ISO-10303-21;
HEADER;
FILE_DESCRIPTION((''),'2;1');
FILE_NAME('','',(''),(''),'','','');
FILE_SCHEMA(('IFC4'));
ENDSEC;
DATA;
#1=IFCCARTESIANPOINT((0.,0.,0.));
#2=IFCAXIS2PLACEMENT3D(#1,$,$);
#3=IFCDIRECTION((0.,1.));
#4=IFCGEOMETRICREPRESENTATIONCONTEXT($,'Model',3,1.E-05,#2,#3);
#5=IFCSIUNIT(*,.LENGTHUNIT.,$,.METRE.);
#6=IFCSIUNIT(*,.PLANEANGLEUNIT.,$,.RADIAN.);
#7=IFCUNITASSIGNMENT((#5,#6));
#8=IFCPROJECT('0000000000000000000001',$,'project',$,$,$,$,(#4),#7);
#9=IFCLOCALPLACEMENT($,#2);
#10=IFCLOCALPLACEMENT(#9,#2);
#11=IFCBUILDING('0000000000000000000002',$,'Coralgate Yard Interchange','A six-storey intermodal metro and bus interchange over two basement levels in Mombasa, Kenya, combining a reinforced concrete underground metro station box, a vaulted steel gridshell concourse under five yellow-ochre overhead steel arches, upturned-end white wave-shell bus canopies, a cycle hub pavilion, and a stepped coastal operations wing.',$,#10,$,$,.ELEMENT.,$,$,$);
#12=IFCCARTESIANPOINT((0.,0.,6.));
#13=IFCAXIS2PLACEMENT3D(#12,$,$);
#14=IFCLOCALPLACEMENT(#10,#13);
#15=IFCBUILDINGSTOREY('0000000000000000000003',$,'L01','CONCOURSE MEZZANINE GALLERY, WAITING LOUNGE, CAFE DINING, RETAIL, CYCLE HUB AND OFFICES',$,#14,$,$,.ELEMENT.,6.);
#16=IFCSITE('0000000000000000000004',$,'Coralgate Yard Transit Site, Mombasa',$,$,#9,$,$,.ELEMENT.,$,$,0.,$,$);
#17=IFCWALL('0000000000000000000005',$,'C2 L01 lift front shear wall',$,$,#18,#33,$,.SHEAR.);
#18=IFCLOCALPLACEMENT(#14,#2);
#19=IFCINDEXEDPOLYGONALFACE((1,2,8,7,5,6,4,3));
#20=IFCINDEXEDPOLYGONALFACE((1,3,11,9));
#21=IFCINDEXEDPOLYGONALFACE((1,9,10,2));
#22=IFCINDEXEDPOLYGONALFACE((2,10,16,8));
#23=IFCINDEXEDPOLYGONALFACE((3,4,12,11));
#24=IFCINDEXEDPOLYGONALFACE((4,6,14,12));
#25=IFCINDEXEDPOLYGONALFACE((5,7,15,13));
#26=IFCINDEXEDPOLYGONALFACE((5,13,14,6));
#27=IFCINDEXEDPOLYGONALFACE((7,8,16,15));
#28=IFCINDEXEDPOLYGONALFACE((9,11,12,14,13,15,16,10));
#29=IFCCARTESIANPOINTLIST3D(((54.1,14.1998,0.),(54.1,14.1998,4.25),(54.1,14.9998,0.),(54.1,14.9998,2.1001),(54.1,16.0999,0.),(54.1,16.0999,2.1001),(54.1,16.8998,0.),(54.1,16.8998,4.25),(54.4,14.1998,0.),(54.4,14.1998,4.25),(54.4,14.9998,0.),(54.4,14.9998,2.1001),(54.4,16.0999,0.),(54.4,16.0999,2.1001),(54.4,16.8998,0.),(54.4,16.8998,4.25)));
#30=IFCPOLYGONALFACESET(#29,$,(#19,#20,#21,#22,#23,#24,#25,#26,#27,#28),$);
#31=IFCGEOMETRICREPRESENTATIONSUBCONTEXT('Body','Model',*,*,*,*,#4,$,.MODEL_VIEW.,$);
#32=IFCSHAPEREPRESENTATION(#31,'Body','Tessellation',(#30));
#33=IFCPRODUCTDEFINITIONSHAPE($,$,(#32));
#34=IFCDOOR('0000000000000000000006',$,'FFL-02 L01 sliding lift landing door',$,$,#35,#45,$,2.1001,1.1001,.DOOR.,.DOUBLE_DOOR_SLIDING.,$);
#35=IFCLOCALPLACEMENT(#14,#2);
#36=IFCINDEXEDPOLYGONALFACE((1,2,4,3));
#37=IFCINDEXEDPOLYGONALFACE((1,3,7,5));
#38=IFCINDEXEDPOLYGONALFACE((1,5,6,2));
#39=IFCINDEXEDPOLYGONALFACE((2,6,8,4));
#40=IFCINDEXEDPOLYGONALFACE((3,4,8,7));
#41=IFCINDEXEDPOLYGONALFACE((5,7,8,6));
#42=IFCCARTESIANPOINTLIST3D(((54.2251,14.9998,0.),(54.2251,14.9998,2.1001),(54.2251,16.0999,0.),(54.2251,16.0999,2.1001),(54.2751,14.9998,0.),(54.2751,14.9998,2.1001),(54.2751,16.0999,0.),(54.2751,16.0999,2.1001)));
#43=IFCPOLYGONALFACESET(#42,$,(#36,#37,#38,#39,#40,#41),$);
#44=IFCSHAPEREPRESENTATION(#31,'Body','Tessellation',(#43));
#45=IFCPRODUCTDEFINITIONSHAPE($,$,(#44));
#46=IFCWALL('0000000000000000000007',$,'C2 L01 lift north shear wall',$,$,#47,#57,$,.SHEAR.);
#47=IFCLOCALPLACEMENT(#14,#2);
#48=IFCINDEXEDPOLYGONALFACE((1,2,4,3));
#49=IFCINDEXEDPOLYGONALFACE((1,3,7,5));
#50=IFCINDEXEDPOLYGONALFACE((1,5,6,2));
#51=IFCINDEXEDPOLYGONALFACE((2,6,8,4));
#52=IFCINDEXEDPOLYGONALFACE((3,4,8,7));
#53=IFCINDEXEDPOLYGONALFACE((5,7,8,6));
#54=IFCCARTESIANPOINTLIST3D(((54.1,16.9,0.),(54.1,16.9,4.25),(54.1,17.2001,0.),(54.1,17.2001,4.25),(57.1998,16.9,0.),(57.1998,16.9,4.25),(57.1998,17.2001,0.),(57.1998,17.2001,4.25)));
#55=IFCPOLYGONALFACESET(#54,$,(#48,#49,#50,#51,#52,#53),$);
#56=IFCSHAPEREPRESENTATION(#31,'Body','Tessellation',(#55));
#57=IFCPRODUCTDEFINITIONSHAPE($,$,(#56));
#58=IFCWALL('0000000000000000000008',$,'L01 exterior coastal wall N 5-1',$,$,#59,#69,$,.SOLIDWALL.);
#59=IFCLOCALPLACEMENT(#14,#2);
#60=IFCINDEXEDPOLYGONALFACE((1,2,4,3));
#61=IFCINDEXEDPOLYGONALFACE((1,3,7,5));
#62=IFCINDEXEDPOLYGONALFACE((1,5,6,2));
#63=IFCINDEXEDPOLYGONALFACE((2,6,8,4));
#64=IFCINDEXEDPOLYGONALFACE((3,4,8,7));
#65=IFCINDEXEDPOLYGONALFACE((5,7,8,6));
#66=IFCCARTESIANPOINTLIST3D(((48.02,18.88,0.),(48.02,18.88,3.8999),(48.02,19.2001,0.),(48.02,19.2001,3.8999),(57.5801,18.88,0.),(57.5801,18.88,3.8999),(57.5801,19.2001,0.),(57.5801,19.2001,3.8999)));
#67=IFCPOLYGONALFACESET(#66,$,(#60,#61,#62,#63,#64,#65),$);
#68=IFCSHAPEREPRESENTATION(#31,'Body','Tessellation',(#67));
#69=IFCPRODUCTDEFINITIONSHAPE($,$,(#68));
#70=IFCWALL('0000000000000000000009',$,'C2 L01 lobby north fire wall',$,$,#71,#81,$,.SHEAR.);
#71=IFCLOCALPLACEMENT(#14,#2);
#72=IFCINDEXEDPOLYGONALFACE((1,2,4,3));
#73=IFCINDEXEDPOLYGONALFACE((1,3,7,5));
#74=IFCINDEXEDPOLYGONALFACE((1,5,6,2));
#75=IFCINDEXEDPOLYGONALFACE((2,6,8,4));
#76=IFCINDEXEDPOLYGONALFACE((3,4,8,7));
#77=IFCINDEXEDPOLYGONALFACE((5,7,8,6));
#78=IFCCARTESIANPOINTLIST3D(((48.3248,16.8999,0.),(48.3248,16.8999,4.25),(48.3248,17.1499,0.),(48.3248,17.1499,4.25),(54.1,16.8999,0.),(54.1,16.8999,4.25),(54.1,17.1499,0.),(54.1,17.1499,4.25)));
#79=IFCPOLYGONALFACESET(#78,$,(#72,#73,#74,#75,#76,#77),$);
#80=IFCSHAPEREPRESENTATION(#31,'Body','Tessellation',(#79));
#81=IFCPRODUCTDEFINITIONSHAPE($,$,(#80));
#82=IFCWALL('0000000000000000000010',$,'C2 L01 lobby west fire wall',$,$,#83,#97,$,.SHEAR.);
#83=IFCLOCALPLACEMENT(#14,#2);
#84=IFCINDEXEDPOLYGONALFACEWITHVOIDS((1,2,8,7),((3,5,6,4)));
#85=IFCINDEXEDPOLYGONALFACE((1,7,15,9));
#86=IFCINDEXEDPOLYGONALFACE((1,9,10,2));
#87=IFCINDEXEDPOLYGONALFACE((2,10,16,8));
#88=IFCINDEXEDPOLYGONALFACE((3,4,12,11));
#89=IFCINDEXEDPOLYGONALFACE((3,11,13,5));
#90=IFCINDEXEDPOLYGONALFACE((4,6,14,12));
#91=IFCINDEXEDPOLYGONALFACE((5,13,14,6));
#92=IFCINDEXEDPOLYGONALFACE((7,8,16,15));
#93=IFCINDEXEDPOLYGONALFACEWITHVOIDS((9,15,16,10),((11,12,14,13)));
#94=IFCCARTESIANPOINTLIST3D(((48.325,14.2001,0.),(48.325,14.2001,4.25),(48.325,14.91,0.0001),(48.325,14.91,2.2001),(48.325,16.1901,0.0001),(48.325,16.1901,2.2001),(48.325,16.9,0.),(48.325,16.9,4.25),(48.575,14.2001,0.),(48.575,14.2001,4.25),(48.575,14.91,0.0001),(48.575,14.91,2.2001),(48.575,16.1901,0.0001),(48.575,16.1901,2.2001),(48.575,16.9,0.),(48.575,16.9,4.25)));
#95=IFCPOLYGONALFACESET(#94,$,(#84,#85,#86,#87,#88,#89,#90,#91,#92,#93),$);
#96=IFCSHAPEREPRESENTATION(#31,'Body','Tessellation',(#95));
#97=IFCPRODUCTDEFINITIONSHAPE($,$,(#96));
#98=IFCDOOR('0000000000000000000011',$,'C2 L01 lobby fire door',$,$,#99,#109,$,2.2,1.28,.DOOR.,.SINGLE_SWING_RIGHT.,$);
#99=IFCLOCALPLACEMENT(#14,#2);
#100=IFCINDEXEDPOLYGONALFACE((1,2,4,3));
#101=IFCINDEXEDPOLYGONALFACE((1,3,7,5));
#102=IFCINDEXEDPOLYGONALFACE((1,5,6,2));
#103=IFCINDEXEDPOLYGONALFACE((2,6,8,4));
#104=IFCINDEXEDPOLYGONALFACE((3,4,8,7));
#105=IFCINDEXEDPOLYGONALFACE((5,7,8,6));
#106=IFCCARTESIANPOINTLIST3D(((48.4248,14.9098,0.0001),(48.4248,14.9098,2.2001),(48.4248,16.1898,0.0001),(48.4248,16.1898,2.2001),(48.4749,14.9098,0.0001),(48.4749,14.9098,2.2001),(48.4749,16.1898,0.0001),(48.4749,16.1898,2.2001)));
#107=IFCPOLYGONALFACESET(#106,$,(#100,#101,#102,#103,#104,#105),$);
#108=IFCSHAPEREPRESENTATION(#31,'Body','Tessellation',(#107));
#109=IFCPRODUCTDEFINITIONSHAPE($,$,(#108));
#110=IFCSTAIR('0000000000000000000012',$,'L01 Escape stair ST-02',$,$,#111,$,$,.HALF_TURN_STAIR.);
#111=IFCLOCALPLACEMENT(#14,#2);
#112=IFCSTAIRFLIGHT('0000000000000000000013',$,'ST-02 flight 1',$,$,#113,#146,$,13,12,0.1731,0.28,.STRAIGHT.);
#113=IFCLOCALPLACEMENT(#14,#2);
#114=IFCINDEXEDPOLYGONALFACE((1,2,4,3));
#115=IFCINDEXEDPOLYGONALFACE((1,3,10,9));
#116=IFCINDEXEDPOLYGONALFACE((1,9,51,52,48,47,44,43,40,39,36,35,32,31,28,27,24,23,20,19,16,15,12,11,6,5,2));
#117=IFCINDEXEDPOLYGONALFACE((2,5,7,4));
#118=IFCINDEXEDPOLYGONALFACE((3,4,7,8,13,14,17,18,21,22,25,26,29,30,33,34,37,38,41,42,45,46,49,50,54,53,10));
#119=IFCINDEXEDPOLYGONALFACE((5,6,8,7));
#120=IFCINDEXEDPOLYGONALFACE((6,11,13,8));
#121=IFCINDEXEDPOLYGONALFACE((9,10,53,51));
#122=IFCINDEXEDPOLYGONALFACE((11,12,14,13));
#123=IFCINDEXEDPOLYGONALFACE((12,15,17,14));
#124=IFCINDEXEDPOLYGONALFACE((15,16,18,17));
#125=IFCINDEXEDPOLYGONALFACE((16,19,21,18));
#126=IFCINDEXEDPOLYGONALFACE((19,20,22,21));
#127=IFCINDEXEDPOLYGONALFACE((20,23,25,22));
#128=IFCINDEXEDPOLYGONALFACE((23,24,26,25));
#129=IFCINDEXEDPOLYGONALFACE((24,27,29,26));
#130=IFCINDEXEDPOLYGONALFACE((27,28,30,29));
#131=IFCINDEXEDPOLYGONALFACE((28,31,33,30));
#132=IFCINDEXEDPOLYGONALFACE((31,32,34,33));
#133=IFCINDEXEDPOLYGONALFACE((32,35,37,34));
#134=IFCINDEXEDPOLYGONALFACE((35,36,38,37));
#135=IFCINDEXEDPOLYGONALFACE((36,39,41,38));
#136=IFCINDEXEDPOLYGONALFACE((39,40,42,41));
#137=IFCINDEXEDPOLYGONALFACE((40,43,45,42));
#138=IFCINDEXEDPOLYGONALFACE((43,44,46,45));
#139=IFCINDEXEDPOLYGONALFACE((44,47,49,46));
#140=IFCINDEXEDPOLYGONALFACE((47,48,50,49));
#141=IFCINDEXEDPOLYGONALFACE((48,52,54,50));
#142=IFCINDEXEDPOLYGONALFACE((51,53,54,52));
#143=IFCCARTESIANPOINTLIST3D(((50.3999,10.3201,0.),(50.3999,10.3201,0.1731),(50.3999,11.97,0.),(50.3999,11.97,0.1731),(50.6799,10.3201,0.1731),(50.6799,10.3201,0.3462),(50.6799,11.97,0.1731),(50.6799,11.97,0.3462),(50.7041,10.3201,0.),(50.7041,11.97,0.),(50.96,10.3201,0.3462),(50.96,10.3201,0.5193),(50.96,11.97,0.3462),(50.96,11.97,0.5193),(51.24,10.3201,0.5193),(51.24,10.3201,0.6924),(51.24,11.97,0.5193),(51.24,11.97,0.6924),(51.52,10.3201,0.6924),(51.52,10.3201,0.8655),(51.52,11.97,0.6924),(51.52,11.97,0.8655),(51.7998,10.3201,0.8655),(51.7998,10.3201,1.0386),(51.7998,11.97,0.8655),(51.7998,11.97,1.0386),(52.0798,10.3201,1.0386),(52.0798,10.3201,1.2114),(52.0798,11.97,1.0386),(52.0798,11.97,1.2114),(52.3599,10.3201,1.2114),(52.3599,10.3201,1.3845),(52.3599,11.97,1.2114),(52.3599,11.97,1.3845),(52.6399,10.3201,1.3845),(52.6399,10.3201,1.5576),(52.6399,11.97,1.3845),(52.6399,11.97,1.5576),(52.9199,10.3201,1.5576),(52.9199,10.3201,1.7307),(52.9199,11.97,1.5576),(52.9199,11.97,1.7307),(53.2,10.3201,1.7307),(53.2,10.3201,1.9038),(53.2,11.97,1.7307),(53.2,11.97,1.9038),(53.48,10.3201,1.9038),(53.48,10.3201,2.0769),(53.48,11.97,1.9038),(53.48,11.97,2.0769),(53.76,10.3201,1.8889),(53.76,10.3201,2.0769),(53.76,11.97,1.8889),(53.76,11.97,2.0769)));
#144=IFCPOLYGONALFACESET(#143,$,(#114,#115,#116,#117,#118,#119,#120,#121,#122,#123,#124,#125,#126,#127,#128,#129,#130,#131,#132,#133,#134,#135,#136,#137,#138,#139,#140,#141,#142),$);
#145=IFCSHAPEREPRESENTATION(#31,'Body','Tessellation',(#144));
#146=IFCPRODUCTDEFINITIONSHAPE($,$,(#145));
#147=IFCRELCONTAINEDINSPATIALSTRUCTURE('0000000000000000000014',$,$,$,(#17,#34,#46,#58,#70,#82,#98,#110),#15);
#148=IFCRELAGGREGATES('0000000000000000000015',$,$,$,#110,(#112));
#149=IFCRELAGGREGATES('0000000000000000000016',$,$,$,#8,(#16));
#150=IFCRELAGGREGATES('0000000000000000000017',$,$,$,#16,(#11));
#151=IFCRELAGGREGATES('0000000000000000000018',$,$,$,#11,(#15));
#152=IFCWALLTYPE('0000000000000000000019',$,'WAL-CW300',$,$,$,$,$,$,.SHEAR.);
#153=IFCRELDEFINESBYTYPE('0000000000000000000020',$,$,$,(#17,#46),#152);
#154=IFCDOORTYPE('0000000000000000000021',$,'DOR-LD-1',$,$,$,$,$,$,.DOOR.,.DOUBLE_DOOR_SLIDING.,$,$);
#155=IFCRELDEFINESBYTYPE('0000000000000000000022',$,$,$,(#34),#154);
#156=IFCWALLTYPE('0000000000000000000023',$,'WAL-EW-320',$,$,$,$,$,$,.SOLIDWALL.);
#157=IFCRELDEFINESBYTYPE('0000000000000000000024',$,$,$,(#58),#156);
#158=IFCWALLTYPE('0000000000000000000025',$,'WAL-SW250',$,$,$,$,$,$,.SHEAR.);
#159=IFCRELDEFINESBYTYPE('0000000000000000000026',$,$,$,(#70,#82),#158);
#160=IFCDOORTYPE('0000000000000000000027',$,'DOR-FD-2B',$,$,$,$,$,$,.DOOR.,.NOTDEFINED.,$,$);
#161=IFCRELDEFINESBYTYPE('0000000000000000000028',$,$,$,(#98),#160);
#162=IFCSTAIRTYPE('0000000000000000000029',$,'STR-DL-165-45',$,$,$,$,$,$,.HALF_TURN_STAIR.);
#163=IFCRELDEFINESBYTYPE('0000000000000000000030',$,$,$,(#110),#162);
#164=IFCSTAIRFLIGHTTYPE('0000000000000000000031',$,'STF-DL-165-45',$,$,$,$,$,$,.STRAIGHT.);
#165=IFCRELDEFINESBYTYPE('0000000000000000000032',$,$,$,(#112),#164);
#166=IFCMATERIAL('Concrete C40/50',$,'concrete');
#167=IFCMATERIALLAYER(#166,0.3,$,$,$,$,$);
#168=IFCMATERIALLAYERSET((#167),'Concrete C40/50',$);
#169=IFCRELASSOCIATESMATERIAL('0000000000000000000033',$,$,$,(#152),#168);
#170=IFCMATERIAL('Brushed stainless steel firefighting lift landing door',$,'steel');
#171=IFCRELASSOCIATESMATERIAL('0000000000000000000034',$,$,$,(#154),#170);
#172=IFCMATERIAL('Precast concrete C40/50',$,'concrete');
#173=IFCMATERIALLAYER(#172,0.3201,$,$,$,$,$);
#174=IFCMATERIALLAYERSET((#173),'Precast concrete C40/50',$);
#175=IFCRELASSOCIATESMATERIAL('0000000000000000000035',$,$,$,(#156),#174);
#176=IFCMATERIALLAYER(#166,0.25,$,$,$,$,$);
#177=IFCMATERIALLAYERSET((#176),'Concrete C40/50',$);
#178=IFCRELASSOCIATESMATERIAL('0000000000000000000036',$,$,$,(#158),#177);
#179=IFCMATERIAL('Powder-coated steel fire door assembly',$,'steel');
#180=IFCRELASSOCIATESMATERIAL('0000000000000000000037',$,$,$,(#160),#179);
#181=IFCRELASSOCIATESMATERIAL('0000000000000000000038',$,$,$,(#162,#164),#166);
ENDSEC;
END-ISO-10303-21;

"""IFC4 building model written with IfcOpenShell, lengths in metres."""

from ifc_helpers import new_model, si_unit, direction, frame, frame_2d, origin, place, context, subcontext, project, spatial, polyline, rectangle, outline, extrude, material, layer, layer_set, type_object, element, fill, aggregate, save


model = new_model("IFC4")

# Units and contexts
model_context = context("Model", 3, precision=1e-05, world=origin(), true_north=direction((0.0, 1.0)))
body_context = subcontext(model_context, "Body", "Model", "MODEL_VIEW")
ifc_project = project(units=[si_unit("LENGTHUNIT", "METRE"), si_unit("PLANEANGLEUNIT", "RADIAN")], contexts=[model_context])

# Site, building, storey
site_placement = place(None, origin())
site = spatial("IfcSite", under=ifc_project, at=site_placement, Name="Coralgate Yard Transit Site, Mombasa", CompositionType="ELEMENT", RefElevation=0.0)
building_placement = place(site_placement, origin())
building = spatial("IfcBuilding", under=site, at=building_placement, Name="Coralgate Yard Interchange", Description="A six-storey intermodal metro and bus interchange over two basement levels in Mombasa, Kenya, combining a reinforced concrete underground metro station box, a vaulted steel gridshell concourse under five yellow-ochre overhead steel arches, upturned-end white wave-shell bus canopies, a cycle hub pavilion, and a stepped coastal operations wing.", CompositionType="ELEMENT")
storey_placement = place(building_placement, frame((0.0, 0.0, 6.0)))
storey = spatial("IfcBuildingStorey", under=building, at=storey_placement, Name="L01", Description="CONCOURSE MEZZANINE GALLERY, WAITING LOUNGE, CAFE DINING, RETAIL, CYCLE HUB AND OFFICES", CompositionType="ELEMENT", Elevation=6.0)

# Shared definitions
ifc_material_1 = material(Name="Concrete C40/50", Category="concrete")
ifc_layer_1 = layer(ifc_material_1, 0.3)
ifc_layer_set_1 = layer_set([ifc_layer_1], Name="Concrete C40/50")
wall_type_1 = type_object("IfcWallType", Name="WAL-CW300", PredefinedType="SHEAR", material=ifc_layer_set_1)

# Wall, opening, door
wall_1_placement = place(storey_placement, frame((54.25, 16.8999, 0.0), z_axis=(0.0, 0.0, 1.0), x_axis=(0.0, -1.0, 0.0)))
wall_1 = element("IfcWall", 1, at=wall_1_placement, inside=storey, type_object=wall_type_1, Name="C2 L01 lift front shear wall", PredefinedType="SHEAR", context=body_context, shape_type="SweptSolid", body=[
    extrude(rectangle(XDim=2.7, YDim=0.3, at=frame_2d((1.3501, 0.0))), origin(), (0.0, 0.0, 1.0), 4.25),
])
opening_1_placement = place(wall_1_placement, frame((0.8, 0.0, 0.0)))
opening_1 = element("IfcOpeningElement", 2, at=opening_1_placement, cuts=wall_1, PredefinedType="OPENING", context=body_context, shape_type="SweptSolid", body=[
    extrude(rectangle(XDim=1.1001, YDim=2.1001, at=frame_2d((0.55, 1.05))), frame((0.0, 0.1599, 0.0), z_axis=(0.0, -1.0, 0.0), x_axis=(1.0, 0.0, 0.0)), (0.0, 0.0, 1.0), 0.3201),
])
ifc_material_2 = material(Name="Brushed stainless steel firefighting lift landing door", Category="steel")
door_type_1 = type_object("IfcDoorType", Name="DOR-LD-1", OperationType="DOUBLE_DOOR_SLIDING", PredefinedType="DOOR", material=ifc_material_2)
door_1_placement = place(opening_1_placement, frame((1.1001, 0.0, 0.0), z_axis=(0.0, 0.0, 1.0), x_axis=(-1.0, 0.0, 0.0)))
door_1 = element("IfcDoor", 3, at=door_1_placement, inside=storey, type_object=door_type_1, Name="FFL-02 L01 sliding lift landing door", OperationType="DOUBLE_DOOR_SLIDING", OverallHeight=2.1001, OverallWidth=1.1001, PredefinedType="DOOR", context=body_context, shape_type="SweptSolid", body=[
    extrude(rectangle(XDim=1.1001, YDim=2.1001, at=frame_2d((0.55, 1.05))), frame((0.0, 0.0249, 0.0), z_axis=(0.0, -1.0, 0.0), x_axis=(1.0, 0.0, 0.0)), (0.0, 0.0, 1.0), 0.05),
])
fill(opening_1, door_1)

# Walls
wall_2_placement = place(storey_placement, frame((54.1001, 17.05, 0.0), z_axis=(0.0, 0.0, 1.0), x_axis=(1.0, 0.0, 0.0)))
element("IfcWall", 4, at=wall_2_placement, inside=storey, type_object=wall_type_1, Name="C2 L01 lift north shear wall", PredefinedType="SHEAR", context=body_context, shape_type="SweptSolid", body=[
    extrude(rectangle(XDim=3.0999, YDim=0.3, at=frame_2d((1.5498, 0.0))), origin(), (0.0, 0.0, 1.0), 4.25),
])
ifc_material_3 = material(Name="Precast concrete C40/50", Category="concrete")
ifc_layer_2 = layer(ifc_material_3, 0.3201)
ifc_layer_set_2 = layer_set([ifc_layer_2], Name="Precast concrete C40/50")
wall_type_2 = type_object("IfcWallType", Name="WAL-EW-320", PredefinedType="SOLIDWALL", material=ifc_layer_set_2)
wall_3_placement = place(storey_placement, frame((48.02, 19.04, 0.0), z_axis=(0.0, 0.0, 1.0), x_axis=(1.0, 0.0, 0.0)))
element("IfcWall", 5, at=wall_3_placement, inside=storey, type_object=wall_type_2, Name="L01 exterior coastal wall N 5-1", PredefinedType="SOLIDWALL", context=body_context, shape_type="SweptSolid", body=[
    extrude(rectangle(XDim=9.5601, YDim=0.3201, at=frame_2d((4.78, 0.0))), origin(), (0.0, 0.0, 1.0), 3.8999),
])
ifc_layer_3 = layer(ifc_material_1, 0.25)
ifc_layer_set_3 = layer_set([ifc_layer_3], Name="Concrete C40/50")
wall_type_3 = type_object("IfcWallType", Name="WAL-SW250", PredefinedType="SHEAR", material=ifc_layer_set_3)
wall_4_placement = place(storey_placement, frame((54.1001, 17.0249, 0.0), z_axis=(0.0, 0.0, 1.0), x_axis=(-1.0, 0.0, 0.0)))
element("IfcWall", 6, at=wall_4_placement, inside=storey, type_object=wall_type_3, Name="C2 L01 lobby north fire wall", PredefinedType="SHEAR", context=body_context, shape_type="SweptSolid", body=[
    extrude(rectangle(XDim=5.7751, YDim=0.25, at=frame_2d((2.8877, 0.0))), origin(), (0.0, 0.0, 1.0), 4.25),
])

# Wall, opening, door
wall_5_placement = place(storey_placement, frame((48.45, 14.2, 0.0), z_axis=(0.0, 0.0, 1.0), x_axis=(0.0, 1.0, 0.0)))
wall_5 = element("IfcWall", 7, at=wall_5_placement, inside=storey, type_object=wall_type_3, Name="C2 L01 lobby west fire wall", PredefinedType="SHEAR", context=body_context, shape_type="SweptSolid", body=[
    extrude(rectangle(XDim=2.7, YDim=0.25, at=frame_2d((1.3501, 0.0))), origin(), (0.0, 0.0, 1.0), 4.25),
])
opening_2_placement = place(wall_5_placement, frame((0.71, 0.0, 0.0)))
opening_2 = element("IfcOpeningElement", 8, at=opening_2_placement, cuts=wall_5, PredefinedType="OPENING", context=body_context, shape_type="SweptSolid", body=[
    extrude(rectangle(XDim=1.28, YDim=2.2, at=frame_2d((0.6401, 1.1001))), frame((0.0, 0.135, 0.0), z_axis=(0.0, -1.0, 0.0), x_axis=(1.0, 0.0, 0.0)), (0.0, 0.0, 1.0), 0.27),
])
ifc_material_4 = material(Name="Powder-coated steel fire door assembly", Category="steel")
door_type_2 = type_object("IfcDoorType", Name="DOR-FD-2B", OperationType="NOTDEFINED", PredefinedType="DOOR", material=ifc_material_4)
door_2_placement = place(opening_2_placement, frame((1.28, 0.0, 0.0), z_axis=(0.0, 0.0, 1.0), x_axis=(-1.0, 0.0, 0.0)))
door_2 = element("IfcDoor", 9, at=door_2_placement, inside=storey, type_object=door_type_2, Name="C2 L01 lobby fire door", OperationType="SINGLE_SWING_RIGHT", OverallHeight=2.2, OverallWidth=1.28, PredefinedType="DOOR", context=body_context, shape_type="SweptSolid", body=[
    extrude(rectangle(XDim=1.28, YDim=2.2, at=frame_2d((0.6401, 1.1001))), frame((0.0, 0.0249, 0.0), z_axis=(0.0, -1.0, 0.0), x_axis=(1.0, 0.0, 0.0)), (0.0, 0.0, 1.0), 0.05),
])
fill(opening_2, door_2)

# Stair, stair flight
stair_type = type_object("IfcStairType", Name="STR-DL-165-45", PredefinedType="HALF_TURN_STAIR", material=ifc_material_1)
stair_placement = place(storey_placement, origin())
stair = element("IfcStair", 10, at=stair_placement, inside=storey, type_object=stair_type, Name="L01 Escape stair ST-02", PredefinedType="HALF_TURN_STAIR")
stair_flight_type = type_object("IfcStairFlightType", Name="STF-DL-165-45", PredefinedType="STRAIGHT", material=ifc_material_1)
stair_flight_1_placement = place(storey_placement, frame((50.3999, 11.145, 0.0), z_axis=(0.0, 0.0, 1.0), x_axis=(1.0, 0.0, 0.0)))
stair_flight_1 = element("IfcStairFlight", 11, at=stair_flight_1_placement, type_object=stair_flight_type, Name="ST-02 flight 1", NumberOfRisers=13, NumberOfTreads=12, PredefinedType="STRAIGHT", RiserHeight=0.1731, TreadLength=0.28, context=body_context, shape_type="SweptSolid", body=[
    extrude(outline(polyline([(0.0, 0.0), (0.0, 0.1731), (0.28, 0.1731), (0.28, 0.3462), (0.5601, 0.3462), (0.5601, 0.5193), (0.8401, 0.5193), (0.8401, 0.6924), (1.1201, 0.6924), (1.1201, 0.8655), (1.3999, 0.8655), (1.3999, 1.0386), (1.6799, 1.0386), (1.6799, 1.2114), (1.96, 1.2114), (1.96, 1.3845), (2.24, 1.3845), (2.24, 1.5576), (2.52, 1.5576), (2.52, 1.7307), (2.8, 1.7307), (2.8, 1.9038), (3.0801, 1.9038), (3.0801, 2.0769), (3.3601, 2.0769), (3.3601, 2.25), (3.3601, 1.8889), (0.3042, 0.0), (0.0, 0.0)])), frame((0.0, 0.825, 0.0), z_axis=(0.0, -1.0, 0.0), x_axis=(1.0, 0.0, 0.0)), (0.0, 0.0, 1.0), 1.6499),
])
aggregate(stair, [stair_flight_1])

save(model, "model.ifc")
